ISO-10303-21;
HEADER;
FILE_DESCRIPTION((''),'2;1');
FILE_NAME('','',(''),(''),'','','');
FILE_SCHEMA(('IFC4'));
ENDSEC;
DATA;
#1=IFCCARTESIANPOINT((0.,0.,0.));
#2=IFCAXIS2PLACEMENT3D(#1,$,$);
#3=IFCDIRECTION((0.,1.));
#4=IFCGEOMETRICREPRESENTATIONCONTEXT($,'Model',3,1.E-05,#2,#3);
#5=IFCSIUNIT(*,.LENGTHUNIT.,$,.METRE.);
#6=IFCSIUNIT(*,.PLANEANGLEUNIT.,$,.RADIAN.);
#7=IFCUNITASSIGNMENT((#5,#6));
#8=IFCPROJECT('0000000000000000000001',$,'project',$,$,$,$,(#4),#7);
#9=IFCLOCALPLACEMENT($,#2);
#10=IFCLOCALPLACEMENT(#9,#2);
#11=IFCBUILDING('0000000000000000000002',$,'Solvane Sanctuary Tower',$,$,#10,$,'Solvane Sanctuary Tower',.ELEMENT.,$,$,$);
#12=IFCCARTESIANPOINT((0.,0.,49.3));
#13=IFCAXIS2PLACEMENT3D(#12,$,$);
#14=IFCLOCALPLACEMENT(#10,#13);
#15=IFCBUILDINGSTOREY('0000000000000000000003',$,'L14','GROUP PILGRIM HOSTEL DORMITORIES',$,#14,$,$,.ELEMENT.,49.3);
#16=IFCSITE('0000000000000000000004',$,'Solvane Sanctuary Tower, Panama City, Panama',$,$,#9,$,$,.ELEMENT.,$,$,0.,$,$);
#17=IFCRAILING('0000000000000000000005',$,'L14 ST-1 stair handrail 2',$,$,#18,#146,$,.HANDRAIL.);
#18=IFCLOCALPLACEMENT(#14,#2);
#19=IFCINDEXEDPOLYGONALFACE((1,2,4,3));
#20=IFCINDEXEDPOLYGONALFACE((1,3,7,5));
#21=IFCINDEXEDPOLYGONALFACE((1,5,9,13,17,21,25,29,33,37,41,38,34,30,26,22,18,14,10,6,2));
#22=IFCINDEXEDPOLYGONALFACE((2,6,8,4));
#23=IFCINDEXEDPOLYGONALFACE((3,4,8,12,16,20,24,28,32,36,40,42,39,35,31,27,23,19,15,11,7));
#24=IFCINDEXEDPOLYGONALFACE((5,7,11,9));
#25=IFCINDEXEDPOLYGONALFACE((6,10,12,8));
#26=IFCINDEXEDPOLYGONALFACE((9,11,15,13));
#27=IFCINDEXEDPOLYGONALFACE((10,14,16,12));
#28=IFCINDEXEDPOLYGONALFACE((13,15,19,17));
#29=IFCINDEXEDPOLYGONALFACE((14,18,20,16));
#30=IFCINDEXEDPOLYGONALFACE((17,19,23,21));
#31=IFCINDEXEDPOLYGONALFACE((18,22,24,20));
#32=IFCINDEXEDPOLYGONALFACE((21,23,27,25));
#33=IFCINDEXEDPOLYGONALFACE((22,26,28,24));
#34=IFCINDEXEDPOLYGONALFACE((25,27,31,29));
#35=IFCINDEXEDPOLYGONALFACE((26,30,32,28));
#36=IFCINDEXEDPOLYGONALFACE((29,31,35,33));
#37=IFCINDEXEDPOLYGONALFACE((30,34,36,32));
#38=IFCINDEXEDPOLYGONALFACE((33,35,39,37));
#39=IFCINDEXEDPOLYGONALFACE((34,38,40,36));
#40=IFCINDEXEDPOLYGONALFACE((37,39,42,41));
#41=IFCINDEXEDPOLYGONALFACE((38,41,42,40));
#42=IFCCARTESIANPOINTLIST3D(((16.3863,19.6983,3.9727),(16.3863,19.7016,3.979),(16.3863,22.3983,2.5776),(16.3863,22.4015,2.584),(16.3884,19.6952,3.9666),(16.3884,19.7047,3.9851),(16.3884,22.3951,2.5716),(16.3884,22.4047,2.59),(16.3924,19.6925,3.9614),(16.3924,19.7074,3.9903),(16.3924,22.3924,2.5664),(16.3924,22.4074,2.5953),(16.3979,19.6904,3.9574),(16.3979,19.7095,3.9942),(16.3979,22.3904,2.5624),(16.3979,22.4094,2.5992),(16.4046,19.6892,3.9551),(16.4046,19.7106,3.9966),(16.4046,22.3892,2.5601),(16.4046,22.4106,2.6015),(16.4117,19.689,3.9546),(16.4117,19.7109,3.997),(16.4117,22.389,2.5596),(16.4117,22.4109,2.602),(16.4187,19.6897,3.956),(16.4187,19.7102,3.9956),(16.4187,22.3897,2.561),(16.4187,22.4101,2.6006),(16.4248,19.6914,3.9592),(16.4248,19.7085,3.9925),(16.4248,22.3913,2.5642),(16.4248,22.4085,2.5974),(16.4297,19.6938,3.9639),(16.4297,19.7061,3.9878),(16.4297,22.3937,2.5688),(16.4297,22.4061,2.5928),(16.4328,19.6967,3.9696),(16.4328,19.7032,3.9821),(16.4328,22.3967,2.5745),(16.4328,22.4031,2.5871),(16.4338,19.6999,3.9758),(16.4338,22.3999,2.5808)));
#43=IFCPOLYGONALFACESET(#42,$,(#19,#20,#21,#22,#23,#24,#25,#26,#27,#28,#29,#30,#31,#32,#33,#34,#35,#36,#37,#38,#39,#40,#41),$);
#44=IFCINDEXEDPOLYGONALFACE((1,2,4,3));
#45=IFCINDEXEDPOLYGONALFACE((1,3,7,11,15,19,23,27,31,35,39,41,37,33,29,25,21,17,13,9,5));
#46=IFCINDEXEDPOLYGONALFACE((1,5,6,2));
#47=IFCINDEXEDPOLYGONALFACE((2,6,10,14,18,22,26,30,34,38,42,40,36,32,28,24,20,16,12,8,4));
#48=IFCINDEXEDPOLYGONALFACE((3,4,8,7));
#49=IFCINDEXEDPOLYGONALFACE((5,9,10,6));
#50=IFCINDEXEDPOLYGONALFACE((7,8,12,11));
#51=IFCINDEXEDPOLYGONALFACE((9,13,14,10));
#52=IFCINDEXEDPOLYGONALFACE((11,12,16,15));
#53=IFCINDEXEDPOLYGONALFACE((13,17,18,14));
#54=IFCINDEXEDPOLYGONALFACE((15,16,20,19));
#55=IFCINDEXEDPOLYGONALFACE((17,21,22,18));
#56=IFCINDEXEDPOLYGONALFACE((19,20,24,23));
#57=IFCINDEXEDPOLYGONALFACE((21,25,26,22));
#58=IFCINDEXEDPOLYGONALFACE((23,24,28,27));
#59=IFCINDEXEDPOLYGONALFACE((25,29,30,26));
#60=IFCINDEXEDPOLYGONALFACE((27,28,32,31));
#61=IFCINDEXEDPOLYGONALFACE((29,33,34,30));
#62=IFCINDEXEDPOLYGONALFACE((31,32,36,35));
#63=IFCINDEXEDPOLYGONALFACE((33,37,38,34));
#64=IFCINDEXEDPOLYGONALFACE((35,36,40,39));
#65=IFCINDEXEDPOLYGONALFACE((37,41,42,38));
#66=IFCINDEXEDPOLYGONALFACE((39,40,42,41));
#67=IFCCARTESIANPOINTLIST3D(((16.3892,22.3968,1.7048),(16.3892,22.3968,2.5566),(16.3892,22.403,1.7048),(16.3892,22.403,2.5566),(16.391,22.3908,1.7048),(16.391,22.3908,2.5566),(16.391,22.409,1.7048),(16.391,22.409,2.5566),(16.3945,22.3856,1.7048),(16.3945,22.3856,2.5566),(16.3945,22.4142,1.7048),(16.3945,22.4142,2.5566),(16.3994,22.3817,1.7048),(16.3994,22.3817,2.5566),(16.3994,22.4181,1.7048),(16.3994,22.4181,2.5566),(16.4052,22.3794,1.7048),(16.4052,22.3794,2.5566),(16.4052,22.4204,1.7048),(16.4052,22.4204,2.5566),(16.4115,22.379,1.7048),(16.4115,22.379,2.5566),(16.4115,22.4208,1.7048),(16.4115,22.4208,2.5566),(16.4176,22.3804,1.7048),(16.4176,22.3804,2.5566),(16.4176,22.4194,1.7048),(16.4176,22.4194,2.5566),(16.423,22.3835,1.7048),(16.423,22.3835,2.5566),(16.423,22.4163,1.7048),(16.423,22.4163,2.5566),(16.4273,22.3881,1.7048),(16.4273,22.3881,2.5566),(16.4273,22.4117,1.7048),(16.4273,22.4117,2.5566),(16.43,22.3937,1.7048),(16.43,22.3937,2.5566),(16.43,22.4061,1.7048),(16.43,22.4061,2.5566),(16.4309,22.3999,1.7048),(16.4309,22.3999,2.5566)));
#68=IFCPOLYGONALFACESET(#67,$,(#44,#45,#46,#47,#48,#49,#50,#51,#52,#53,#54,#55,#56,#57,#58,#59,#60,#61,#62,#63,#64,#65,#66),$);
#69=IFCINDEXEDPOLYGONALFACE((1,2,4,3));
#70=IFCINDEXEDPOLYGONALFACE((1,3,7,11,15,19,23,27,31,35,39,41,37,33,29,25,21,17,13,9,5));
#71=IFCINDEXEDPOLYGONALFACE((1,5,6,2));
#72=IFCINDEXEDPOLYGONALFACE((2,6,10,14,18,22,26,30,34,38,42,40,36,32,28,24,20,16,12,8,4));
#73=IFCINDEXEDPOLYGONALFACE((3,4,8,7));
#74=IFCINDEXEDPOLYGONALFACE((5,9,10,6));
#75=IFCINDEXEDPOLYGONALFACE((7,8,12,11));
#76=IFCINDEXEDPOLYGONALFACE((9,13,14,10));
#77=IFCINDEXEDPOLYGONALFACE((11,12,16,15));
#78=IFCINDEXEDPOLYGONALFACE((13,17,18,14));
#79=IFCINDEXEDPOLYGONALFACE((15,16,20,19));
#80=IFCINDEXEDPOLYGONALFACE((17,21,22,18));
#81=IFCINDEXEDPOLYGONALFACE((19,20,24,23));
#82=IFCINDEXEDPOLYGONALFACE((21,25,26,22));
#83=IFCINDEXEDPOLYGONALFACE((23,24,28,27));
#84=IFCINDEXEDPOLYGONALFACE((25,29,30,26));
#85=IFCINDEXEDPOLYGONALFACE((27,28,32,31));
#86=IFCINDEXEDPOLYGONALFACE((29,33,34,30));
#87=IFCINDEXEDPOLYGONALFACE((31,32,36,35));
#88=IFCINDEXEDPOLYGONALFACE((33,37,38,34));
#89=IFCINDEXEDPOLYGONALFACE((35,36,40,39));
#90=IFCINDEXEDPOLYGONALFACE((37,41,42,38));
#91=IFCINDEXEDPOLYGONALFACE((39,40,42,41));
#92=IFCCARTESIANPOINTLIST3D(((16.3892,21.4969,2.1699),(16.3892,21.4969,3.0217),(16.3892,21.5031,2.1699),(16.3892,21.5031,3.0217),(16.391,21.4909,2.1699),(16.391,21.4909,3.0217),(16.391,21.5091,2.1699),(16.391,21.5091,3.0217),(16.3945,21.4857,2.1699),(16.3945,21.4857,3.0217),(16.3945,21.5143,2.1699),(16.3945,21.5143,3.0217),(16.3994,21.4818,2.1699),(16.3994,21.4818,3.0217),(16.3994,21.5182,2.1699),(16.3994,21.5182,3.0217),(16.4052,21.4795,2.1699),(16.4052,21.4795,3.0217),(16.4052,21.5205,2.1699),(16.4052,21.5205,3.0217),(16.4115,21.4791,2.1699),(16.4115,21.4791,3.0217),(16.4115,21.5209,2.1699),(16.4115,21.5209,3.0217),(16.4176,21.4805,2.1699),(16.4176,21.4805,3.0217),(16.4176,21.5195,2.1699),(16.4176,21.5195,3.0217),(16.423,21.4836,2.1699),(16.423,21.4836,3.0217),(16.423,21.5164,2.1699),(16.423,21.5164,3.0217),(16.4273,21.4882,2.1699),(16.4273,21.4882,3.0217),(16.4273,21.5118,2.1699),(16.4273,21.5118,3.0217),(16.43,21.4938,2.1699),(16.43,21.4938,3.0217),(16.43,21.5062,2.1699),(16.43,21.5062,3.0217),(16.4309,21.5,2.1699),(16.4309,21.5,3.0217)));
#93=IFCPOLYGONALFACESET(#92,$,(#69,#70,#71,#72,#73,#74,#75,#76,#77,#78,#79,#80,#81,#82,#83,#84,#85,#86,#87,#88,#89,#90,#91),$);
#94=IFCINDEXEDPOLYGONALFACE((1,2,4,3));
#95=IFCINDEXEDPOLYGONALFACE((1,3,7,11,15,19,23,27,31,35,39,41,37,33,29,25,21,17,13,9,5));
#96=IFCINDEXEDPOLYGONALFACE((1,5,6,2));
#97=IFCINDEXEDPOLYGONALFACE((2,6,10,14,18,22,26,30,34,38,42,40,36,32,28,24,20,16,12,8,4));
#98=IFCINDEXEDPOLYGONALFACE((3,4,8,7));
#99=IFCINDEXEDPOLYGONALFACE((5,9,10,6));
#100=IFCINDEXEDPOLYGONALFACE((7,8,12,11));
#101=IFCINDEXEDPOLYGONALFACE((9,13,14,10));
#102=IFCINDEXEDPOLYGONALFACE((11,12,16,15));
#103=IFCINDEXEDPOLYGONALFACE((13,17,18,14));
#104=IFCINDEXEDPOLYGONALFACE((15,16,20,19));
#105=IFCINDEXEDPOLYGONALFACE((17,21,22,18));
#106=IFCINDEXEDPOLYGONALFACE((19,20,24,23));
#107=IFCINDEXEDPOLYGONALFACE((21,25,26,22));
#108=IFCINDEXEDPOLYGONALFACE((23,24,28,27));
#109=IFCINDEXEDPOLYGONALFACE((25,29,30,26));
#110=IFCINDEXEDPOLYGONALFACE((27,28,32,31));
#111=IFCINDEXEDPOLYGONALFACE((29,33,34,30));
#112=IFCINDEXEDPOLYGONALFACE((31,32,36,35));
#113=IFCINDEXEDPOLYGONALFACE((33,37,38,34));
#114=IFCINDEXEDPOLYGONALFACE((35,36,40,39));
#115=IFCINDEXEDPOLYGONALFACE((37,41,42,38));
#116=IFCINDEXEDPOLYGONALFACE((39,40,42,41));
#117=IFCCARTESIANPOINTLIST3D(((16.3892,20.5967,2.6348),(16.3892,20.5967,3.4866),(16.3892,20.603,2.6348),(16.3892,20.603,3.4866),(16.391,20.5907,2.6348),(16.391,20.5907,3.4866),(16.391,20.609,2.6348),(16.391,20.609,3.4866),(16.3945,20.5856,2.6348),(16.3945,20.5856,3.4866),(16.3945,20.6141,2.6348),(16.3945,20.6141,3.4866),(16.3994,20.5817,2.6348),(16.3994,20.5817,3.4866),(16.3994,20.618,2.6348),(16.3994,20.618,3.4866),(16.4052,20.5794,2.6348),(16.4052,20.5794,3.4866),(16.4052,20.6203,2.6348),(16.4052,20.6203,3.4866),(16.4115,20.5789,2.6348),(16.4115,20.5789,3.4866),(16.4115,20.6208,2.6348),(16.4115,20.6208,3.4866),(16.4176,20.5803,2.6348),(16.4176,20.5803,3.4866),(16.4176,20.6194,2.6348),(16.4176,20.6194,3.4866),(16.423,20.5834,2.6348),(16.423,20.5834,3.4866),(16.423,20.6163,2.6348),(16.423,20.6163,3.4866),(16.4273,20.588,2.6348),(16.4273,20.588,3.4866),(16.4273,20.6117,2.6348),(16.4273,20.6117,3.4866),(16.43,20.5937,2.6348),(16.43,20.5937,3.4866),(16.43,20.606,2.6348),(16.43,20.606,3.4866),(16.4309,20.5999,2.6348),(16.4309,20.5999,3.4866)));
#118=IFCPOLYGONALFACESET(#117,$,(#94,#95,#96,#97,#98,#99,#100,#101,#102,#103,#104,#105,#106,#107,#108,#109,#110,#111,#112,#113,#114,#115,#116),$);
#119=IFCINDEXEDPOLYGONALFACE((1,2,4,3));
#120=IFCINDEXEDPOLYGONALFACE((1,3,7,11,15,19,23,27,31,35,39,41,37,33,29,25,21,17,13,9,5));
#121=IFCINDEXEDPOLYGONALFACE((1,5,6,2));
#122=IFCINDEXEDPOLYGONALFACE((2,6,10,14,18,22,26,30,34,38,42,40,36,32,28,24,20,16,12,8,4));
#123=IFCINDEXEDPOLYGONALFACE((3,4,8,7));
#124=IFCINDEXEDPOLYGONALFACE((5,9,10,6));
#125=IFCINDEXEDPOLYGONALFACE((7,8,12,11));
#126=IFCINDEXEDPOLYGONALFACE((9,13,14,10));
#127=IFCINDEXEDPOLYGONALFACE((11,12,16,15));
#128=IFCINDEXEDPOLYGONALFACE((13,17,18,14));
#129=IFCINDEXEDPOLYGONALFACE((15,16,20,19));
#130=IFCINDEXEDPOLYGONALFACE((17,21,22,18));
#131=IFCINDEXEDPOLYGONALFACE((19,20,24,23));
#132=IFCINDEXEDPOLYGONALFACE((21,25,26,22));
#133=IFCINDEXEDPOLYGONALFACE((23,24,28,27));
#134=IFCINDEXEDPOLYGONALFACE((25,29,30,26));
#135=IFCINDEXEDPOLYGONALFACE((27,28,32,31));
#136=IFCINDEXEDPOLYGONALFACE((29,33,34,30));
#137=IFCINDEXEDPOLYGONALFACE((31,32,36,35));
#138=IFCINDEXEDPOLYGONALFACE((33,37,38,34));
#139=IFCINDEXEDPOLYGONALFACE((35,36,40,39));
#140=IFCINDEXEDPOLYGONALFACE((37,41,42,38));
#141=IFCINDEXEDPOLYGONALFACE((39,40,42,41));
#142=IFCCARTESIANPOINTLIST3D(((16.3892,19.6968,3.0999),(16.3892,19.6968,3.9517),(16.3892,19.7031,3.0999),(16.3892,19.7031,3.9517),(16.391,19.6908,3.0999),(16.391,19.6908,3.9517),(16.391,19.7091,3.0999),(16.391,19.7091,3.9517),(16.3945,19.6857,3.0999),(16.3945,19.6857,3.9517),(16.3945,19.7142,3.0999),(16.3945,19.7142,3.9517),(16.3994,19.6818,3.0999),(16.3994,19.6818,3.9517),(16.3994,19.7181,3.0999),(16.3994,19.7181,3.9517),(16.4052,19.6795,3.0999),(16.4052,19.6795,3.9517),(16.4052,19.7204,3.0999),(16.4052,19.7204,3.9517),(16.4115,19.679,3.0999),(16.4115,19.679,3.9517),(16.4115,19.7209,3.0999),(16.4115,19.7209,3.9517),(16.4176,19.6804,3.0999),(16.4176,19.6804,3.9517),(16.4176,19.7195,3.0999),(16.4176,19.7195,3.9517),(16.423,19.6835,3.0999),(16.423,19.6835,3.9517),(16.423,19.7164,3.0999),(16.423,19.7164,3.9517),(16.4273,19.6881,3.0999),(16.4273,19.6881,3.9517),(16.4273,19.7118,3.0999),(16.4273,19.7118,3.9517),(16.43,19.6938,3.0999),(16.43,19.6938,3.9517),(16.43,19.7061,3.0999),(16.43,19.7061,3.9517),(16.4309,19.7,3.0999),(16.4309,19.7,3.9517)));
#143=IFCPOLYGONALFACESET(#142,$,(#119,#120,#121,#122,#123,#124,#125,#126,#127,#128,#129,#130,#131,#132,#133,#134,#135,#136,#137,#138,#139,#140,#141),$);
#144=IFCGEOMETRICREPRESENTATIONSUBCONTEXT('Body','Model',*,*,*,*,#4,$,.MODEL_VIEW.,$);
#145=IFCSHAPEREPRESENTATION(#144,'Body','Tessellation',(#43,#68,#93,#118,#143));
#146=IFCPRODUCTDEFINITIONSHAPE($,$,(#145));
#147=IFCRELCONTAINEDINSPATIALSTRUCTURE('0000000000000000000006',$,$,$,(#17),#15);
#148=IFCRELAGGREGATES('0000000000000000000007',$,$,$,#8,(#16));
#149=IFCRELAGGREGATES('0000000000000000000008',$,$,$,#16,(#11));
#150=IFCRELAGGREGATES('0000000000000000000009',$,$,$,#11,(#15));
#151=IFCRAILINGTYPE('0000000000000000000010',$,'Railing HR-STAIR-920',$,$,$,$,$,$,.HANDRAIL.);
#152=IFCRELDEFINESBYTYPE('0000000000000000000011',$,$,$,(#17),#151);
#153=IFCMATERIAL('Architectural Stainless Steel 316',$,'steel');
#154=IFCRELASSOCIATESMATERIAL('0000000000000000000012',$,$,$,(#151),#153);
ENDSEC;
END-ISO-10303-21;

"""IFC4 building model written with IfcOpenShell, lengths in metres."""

from ifc_helpers import new_model, si_unit, direction, frame, origin, origin_2d, place, context, subcontext, project, spatial, circle, extrude, material, type_object, element, save


model = new_model("IFC4")

# Units and contexts
model_context = context("Model", 3, precision=1e-05, world=origin(), true_north=direction((0.0, 1.0)))
body_context = subcontext(model_context, "Body", "Model", "MODEL_VIEW")
ifc_project = project(units=[si_unit("LENGTHUNIT", "METRE"), si_unit("PLANEANGLEUNIT", "RADIAN")], contexts=[model_context])

# Site, building, storey
site_placement = place(None, origin())
site = spatial("IfcSite", under=ifc_project, at=site_placement, Name="Solvane Sanctuary Tower, Panama City, Panama", CompositionType="ELEMENT", RefElevation=0.0)
building_placement = place(site_placement, origin())
building = spatial("IfcBuilding", under=site, at=building_placement, Name="Solvane Sanctuary Tower", LongName="Solvane Sanctuary Tower", CompositionType="ELEMENT")
storey_placement = place(building_placement, frame((0.0, 0.0, 49.3)))
storey = spatial("IfcBuildingStorey", under=building, at=storey_placement, Name="L14", Description="GROUP PILGRIM HOSTEL DORMITORIES", CompositionType="ELEMENT", Elevation=49.3)

# Railing
ifc_material_1 = material(Name="Architectural Stainless Steel 316", Category="steel")
railing_type_1 = type_object("IfcRailingType", Name="Railing HR-STAIR-920", PredefinedType="HANDRAIL", material=ifc_material_1)
railing_1_placement = place(storey_placement, frame((16.4099, 22.3999, 1.7048)))
element("IfcRailing", 1, at=railing_1_placement, inside=storey, type_object=railing_type_1, Name="L14 ST-1 stair handrail 2", PredefinedType="HANDRAIL", context=body_context, shape_type="SweptSolid", body=[
    extrude(circle(Radius=0.0239, at=origin_2d()), frame((0.0, 0.0, 0.876), z_axis=(0.0, -0.88842, 0.459032), x_axis=(1.0, 0.0, 0.0)), (0.0, 0.0, 1.0), 3.0391),
    extrude(circle(Radius=0.021, at=origin_2d()), origin(), (0.0, 0.0, 1.0), 0.8518),
    extrude(circle(Radius=0.021, at=origin_2d()), frame((0.0, -0.8999, 0.4651)), (0.0, 0.0, 1.0), 0.8518),
    extrude(circle(Radius=0.021, at=origin_2d()), frame((0.0, -1.8, 0.9299)), (0.0, 0.0, 1.0), 0.8518),
    extrude(circle(Radius=0.021, at=origin_2d()), frame((0.0, -2.7, 1.395)), (0.0, 0.0, 1.0), 0.8518),
])

save(model, "model.ifc")
